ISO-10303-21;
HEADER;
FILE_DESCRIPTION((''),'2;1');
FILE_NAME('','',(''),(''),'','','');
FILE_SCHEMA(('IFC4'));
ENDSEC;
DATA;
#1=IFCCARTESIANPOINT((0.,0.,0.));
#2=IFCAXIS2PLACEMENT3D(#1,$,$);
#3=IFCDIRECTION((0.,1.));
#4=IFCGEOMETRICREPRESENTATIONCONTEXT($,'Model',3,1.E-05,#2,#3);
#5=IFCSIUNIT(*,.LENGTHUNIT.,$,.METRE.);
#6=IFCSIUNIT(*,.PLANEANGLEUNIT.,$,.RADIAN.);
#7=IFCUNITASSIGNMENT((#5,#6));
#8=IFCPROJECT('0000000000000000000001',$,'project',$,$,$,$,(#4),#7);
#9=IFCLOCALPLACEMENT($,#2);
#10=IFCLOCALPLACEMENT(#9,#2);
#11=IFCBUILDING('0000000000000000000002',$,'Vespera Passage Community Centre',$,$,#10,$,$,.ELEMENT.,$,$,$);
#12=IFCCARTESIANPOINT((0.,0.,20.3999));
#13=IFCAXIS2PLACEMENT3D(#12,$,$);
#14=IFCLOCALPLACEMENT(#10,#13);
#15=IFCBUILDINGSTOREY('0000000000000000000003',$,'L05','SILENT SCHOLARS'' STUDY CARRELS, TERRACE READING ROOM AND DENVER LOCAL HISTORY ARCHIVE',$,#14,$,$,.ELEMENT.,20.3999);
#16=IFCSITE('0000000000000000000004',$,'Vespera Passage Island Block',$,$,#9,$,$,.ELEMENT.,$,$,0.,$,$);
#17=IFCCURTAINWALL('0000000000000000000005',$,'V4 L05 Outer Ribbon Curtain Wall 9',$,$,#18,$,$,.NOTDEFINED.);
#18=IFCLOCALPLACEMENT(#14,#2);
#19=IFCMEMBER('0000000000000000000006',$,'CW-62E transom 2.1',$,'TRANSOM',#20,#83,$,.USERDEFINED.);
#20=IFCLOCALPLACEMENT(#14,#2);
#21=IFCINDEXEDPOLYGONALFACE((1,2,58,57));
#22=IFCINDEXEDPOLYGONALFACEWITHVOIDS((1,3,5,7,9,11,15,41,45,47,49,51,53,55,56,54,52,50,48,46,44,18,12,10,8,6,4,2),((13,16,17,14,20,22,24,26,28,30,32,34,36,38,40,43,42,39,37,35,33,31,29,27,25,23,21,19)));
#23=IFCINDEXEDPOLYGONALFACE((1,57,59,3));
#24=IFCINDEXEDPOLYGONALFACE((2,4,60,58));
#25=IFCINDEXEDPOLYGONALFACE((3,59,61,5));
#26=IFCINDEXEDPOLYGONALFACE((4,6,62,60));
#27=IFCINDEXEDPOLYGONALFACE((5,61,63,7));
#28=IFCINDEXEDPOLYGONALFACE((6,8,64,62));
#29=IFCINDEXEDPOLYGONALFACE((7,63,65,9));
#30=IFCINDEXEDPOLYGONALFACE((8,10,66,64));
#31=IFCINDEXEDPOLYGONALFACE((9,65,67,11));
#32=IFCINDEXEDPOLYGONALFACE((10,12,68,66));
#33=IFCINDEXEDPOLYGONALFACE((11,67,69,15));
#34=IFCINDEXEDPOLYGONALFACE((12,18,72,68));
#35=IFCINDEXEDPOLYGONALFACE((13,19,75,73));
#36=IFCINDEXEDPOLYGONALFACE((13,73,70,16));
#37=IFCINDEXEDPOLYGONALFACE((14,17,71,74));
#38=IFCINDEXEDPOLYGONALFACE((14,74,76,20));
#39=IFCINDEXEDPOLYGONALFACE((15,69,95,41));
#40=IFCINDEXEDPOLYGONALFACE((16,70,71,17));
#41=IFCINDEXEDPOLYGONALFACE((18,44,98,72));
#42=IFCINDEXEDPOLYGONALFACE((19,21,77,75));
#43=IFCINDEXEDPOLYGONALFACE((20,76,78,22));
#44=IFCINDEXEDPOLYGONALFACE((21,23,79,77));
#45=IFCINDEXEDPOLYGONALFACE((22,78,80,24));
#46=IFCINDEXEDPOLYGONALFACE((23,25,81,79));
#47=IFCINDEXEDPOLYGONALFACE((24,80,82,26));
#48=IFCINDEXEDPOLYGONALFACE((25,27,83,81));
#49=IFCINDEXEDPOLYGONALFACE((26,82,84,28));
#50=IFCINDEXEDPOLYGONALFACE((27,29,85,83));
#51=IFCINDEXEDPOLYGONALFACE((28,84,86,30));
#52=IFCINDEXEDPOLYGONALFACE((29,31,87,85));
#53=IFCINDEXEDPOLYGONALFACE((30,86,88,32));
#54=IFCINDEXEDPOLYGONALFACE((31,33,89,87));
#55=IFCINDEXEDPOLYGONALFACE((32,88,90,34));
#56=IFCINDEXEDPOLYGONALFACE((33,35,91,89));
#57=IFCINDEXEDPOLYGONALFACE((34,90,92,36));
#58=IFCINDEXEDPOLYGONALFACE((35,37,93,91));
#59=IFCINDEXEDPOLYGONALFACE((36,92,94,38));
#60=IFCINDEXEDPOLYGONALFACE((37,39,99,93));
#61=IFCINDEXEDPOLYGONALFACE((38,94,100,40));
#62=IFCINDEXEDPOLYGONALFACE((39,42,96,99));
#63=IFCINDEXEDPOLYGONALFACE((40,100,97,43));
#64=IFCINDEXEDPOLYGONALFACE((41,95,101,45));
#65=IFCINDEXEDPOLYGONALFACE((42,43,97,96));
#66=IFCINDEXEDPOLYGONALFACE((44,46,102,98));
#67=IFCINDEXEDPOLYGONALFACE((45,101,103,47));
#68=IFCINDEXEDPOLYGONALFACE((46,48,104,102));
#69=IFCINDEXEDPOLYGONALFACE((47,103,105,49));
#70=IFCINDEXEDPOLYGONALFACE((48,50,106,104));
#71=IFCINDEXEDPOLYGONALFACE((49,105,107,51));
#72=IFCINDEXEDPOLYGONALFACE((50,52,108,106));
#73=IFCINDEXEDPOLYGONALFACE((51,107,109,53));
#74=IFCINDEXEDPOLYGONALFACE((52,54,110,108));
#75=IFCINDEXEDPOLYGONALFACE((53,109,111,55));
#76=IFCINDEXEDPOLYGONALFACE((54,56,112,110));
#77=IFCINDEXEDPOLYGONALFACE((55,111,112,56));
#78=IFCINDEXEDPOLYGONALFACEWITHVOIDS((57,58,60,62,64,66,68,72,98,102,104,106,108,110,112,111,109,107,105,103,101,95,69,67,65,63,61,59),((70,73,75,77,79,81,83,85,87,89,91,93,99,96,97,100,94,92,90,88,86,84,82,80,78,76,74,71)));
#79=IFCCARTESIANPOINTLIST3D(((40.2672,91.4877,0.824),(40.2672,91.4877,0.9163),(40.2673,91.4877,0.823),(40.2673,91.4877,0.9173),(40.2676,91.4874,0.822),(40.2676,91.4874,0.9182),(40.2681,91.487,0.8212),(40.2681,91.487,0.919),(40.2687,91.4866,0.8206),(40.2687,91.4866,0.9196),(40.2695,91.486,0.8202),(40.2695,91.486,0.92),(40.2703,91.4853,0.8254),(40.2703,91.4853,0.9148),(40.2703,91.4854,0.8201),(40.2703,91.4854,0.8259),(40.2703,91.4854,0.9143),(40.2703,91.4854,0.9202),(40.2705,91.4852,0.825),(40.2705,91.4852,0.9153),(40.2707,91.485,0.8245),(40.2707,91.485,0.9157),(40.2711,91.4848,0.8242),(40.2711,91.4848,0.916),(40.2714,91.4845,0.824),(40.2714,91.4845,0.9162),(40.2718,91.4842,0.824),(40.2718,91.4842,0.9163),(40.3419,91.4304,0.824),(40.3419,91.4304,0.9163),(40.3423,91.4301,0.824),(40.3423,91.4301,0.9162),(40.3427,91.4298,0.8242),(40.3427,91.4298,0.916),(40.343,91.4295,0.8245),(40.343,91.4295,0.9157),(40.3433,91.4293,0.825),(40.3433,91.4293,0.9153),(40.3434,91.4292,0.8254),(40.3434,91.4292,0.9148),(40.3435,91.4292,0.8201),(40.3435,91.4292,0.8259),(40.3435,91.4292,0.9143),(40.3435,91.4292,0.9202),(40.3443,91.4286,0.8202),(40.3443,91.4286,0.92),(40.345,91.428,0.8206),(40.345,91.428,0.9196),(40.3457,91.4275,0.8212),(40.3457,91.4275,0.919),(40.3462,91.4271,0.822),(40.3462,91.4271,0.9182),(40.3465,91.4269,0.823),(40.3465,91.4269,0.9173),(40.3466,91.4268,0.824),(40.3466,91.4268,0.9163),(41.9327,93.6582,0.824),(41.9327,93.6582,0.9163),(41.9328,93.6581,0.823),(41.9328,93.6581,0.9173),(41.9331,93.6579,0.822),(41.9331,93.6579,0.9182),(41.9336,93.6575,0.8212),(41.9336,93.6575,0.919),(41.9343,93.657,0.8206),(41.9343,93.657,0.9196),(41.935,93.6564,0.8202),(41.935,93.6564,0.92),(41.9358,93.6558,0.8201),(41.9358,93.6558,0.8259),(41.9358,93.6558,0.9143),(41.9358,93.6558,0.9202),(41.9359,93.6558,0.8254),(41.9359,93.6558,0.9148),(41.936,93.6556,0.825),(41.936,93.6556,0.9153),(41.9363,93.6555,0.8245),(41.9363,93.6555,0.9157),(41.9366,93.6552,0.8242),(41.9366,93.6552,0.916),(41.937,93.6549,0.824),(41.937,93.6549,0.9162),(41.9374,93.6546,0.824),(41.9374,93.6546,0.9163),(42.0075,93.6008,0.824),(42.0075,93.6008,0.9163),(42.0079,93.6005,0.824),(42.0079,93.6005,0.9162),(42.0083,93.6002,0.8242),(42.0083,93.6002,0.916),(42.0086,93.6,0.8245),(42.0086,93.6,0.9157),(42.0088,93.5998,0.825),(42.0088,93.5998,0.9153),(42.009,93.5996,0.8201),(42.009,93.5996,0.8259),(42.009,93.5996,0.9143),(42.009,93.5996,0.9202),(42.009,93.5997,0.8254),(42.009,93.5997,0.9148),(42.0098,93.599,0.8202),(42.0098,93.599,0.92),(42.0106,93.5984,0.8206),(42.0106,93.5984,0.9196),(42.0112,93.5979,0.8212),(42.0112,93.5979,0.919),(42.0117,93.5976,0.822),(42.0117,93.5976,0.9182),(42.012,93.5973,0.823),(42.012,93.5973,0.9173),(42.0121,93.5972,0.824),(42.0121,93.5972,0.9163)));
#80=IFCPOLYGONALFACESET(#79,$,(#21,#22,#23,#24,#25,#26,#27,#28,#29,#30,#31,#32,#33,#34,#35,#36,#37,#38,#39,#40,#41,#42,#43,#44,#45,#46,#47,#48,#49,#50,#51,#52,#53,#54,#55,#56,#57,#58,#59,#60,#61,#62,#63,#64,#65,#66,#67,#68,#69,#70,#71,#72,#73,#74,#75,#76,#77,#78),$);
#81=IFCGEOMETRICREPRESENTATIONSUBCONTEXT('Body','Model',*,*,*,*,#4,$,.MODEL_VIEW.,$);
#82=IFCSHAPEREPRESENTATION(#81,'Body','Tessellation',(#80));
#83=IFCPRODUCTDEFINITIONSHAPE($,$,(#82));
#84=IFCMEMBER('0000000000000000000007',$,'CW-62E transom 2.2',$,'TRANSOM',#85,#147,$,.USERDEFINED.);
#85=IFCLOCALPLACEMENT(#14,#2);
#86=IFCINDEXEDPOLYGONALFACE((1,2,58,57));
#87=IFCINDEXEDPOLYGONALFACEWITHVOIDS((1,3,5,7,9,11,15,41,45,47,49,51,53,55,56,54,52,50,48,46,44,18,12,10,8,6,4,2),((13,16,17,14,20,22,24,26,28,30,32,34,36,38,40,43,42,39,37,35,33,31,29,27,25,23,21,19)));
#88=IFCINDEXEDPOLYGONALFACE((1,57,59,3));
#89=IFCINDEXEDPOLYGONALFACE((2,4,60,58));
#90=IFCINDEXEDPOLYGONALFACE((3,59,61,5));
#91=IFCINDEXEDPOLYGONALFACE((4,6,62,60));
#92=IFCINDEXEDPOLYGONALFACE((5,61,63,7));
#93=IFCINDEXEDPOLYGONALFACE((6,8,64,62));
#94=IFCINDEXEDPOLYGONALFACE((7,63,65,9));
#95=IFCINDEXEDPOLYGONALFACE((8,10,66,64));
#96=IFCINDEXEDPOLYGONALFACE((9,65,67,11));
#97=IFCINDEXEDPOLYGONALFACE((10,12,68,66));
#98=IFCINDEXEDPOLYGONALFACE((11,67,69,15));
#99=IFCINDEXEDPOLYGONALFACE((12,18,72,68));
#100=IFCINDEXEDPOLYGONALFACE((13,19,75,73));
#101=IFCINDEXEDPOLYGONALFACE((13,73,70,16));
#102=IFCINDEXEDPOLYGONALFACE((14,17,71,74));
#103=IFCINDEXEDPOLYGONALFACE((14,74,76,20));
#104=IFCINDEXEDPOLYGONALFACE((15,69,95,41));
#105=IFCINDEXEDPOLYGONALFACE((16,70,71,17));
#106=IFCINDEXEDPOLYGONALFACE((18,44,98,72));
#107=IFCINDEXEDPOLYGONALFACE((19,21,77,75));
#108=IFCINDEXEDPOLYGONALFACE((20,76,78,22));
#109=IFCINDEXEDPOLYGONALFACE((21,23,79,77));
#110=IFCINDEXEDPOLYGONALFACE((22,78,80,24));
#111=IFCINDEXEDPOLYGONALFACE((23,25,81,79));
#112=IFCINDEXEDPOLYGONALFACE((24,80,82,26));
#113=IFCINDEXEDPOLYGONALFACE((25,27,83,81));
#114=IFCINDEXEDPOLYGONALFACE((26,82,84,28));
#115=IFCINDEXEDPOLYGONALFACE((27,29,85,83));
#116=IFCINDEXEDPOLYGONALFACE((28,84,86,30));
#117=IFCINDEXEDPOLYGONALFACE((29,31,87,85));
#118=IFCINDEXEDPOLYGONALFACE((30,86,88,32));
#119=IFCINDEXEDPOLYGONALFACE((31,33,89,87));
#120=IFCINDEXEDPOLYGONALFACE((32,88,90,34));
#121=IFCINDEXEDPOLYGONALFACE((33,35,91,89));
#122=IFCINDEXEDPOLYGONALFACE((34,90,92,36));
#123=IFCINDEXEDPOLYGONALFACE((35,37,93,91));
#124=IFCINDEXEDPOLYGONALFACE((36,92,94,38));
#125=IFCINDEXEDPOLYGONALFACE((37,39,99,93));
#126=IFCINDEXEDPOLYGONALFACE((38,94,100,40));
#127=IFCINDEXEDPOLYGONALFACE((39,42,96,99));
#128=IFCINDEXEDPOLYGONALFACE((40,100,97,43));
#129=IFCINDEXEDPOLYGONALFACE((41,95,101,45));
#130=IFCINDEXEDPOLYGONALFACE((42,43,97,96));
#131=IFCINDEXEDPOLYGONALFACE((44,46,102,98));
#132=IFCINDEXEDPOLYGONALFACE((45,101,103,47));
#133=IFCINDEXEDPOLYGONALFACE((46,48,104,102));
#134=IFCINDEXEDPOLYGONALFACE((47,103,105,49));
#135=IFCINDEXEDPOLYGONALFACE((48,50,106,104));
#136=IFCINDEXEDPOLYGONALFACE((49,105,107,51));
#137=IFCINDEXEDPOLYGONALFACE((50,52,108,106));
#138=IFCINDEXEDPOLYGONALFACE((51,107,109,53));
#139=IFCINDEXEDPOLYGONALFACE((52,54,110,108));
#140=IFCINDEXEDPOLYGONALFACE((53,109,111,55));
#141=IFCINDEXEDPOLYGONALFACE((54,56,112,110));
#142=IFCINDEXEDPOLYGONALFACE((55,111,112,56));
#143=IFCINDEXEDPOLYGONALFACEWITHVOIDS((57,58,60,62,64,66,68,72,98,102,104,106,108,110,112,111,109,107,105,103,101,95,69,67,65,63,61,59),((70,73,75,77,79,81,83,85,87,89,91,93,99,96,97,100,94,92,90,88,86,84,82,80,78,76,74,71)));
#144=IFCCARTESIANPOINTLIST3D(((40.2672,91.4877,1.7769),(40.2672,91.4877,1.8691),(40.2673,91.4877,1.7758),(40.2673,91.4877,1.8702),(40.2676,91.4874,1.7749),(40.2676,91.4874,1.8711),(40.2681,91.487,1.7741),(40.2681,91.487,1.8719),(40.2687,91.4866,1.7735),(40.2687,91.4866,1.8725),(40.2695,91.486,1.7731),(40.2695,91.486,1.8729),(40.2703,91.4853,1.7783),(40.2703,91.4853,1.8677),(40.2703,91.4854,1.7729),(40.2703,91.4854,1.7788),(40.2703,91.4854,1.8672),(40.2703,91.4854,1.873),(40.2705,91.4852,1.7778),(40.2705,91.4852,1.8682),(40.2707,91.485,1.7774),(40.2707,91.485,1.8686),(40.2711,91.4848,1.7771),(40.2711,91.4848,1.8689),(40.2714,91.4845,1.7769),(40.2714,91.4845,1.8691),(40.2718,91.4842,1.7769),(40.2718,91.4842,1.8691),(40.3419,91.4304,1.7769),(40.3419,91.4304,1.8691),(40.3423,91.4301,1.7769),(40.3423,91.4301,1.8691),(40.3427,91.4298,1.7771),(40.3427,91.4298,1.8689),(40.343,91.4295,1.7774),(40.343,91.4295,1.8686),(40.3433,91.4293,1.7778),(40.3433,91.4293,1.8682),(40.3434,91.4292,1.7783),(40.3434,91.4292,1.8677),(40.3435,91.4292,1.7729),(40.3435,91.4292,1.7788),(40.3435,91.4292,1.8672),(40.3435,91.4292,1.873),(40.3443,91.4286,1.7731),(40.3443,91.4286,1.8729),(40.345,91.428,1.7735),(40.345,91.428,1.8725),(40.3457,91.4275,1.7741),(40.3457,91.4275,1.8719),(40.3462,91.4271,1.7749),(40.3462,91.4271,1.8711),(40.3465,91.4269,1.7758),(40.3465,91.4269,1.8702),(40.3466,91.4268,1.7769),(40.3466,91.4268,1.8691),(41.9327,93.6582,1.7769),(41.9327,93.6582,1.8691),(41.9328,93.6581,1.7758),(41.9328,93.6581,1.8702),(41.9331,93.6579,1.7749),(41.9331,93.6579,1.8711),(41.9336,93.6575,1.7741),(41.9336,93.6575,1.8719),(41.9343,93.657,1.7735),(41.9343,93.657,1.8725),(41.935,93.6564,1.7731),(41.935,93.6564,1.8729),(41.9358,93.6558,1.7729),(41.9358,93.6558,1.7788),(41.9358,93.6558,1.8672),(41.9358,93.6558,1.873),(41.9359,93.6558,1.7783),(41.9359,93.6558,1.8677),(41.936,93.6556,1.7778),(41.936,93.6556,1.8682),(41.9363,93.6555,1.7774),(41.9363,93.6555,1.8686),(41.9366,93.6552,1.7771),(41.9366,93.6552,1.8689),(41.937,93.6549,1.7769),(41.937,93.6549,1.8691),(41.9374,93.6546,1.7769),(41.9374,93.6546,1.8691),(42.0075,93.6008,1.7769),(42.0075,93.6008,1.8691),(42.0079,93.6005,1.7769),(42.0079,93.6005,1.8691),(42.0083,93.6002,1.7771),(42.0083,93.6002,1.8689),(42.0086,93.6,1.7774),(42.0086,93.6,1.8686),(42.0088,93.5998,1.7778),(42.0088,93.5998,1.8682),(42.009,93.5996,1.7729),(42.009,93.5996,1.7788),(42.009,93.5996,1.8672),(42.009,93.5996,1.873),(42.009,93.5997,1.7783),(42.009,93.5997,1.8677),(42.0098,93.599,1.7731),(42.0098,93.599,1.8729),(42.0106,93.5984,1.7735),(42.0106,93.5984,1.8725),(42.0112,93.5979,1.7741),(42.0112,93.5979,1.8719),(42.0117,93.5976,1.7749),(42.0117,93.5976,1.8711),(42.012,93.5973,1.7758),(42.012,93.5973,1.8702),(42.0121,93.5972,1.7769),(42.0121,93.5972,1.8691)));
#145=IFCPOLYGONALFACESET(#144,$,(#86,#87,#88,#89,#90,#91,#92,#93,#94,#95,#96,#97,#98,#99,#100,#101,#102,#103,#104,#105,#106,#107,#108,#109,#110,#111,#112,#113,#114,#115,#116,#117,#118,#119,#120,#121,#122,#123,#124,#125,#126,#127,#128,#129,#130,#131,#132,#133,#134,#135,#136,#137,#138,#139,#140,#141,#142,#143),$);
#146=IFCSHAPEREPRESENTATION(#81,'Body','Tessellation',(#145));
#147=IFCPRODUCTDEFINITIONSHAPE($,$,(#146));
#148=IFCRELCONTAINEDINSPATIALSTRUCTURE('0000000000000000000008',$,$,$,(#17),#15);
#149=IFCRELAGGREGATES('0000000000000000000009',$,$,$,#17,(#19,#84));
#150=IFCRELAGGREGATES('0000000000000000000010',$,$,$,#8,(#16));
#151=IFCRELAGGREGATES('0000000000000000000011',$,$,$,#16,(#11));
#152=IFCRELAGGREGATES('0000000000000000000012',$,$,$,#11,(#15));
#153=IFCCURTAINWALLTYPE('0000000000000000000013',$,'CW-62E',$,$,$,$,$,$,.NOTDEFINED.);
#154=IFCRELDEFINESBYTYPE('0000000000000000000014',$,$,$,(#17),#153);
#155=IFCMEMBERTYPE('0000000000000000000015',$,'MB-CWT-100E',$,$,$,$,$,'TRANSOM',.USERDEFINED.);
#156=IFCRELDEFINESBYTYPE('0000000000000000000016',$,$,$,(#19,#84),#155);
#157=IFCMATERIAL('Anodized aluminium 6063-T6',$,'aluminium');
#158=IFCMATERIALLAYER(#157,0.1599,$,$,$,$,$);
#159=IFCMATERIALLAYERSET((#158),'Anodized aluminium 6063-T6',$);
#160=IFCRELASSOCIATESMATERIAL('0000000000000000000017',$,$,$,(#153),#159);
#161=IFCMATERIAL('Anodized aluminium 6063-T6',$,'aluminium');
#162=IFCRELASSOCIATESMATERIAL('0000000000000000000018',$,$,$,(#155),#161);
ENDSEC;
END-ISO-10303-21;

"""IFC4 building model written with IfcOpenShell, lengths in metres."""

from ifc_helpers import new_model, si_unit, direction, frame, origin, origin_2d, place, context, subcontext, project, spatial, hollow_rectangle, extrude, material, layer, layer_set, material_profile, profile_set, type_object, element, aggregate, save


model = new_model("IFC4")

# Units and contexts
model_context = context("Model", 3, precision=1e-05, world=origin(), true_north=direction((0.0, 1.0)))
body_context = subcontext(model_context, "Body", "Model", "MODEL_VIEW")
ifc_project = project(units=[si_unit("LENGTHUNIT", "METRE"), si_unit("PLANEANGLEUNIT", "RADIAN")], contexts=[model_context])

# Site, building, storey
site_placement = place(None, origin())
site = spatial("IfcSite", under=ifc_project, at=site_placement, Name="Vespera Passage Island Block", CompositionType="ELEMENT", RefElevation=0.0)
building_placement = place(site_placement, origin())
building = spatial("IfcBuilding", under=site, at=building_placement, Name="Vespera Passage Community Centre", CompositionType="ELEMENT")
storey_placement = place(building_placement, frame((0.0, 0.0, 20.3999)))
storey = spatial("IfcBuildingStorey", under=building, at=storey_placement, Name="L05", Description="SILENT SCHOLARS' STUDY CARRELS, TERRACE READING ROOM AND DENVER LOCAL HISTORY ARCHIVE", CompositionType="ELEMENT", Elevation=20.3999)

# Curtain wall, members
ifc_material_1 = material(Name="Anodized aluminium 6063-T6", Category="aluminium")
ifc_layer_1 = layer(ifc_material_1, 0.1599)
ifc_layer_set_1 = layer_set([ifc_layer_1], Name="Anodized aluminium 6063-T6")
curtain_wall_type = type_object("IfcCurtainWallType", Name="CW-62E", PredefinedType="NOTDEFINED", material=ifc_layer_set_1)
curtain_wall_placement = place(storey_placement, origin())
curtain_wall = element("IfcCurtainWall", 1, at=curtain_wall_placement, inside=storey, type_object=curtain_wall_type, Name="V4 L05 Outer Ribbon Curtain Wall 9", PredefinedType="NOTDEFINED")
ifc_material_2 = material(Name="Anodized aluminium 6063-T6", Category="aluminium")
ifc_material_profile_1 = material_profile(ifc_material_2, hollow_rectangle(XDim=0.1001, YDim=0.1001, WallThickness=0.0039, InnerFilletRadius=0.002, OuterFilletRadius=0.0039, at=origin_2d()), Name="ALU100X100X4")
ifc_profile_set_1 = profile_set([ifc_material_profile_1], Name="Anodized aluminium 6063-T6")
member_type_1 = type_object("IfcMemberType", Name="MB-CWT-100E", ElementType="TRANSOM", PredefinedType="USERDEFINED", material=ifc_profile_set_1)
member_1_placement = place(storey_placement, frame((40.3069, 91.4573, 0.8701), z_axis=(0.608787, 0.793333, 0.0), x_axis=(-0.793333, 0.608787, 0.0)))
member_1 = element("IfcMember", 2, at=member_1_placement, type_object=member_type_1, Name="CW-62E transom 2.1", ObjectType="TRANSOM", PredefinedType="USERDEFINED", context=body_context, shape_type="SweptSolid", body=[
    extrude(hollow_rectangle(XDim=0.1001, YDim=0.1001, WallThickness=0.0039, InnerFilletRadius=0.002, OuterFilletRadius=0.0039, at=origin_2d()), origin(), (0.0, 0.0, 1.0), 2.7358),
])
member_2_placement = place(storey_placement, frame((40.3069, 91.4573, 1.823), z_axis=(0.608787, 0.793333, 0.0), x_axis=(-0.793333, 0.608787, 0.0)))
member_2 = element("IfcMember", 3, at=member_2_placement, type_object=member_type_1, Name="CW-62E transom 2.2", ObjectType="TRANSOM", PredefinedType="USERDEFINED", context=body_context, shape_type="SweptSolid", body=[
    extrude(hollow_rectangle(XDim=0.1001, YDim=0.1001, WallThickness=0.0039, InnerFilletRadius=0.002, OuterFilletRadius=0.0039, at=origin_2d()), origin(), (0.0, 0.0, 1.0), 2.7358),
])
aggregate(curtain_wall, [member_1, member_2])

save(model, "model.ifc")
